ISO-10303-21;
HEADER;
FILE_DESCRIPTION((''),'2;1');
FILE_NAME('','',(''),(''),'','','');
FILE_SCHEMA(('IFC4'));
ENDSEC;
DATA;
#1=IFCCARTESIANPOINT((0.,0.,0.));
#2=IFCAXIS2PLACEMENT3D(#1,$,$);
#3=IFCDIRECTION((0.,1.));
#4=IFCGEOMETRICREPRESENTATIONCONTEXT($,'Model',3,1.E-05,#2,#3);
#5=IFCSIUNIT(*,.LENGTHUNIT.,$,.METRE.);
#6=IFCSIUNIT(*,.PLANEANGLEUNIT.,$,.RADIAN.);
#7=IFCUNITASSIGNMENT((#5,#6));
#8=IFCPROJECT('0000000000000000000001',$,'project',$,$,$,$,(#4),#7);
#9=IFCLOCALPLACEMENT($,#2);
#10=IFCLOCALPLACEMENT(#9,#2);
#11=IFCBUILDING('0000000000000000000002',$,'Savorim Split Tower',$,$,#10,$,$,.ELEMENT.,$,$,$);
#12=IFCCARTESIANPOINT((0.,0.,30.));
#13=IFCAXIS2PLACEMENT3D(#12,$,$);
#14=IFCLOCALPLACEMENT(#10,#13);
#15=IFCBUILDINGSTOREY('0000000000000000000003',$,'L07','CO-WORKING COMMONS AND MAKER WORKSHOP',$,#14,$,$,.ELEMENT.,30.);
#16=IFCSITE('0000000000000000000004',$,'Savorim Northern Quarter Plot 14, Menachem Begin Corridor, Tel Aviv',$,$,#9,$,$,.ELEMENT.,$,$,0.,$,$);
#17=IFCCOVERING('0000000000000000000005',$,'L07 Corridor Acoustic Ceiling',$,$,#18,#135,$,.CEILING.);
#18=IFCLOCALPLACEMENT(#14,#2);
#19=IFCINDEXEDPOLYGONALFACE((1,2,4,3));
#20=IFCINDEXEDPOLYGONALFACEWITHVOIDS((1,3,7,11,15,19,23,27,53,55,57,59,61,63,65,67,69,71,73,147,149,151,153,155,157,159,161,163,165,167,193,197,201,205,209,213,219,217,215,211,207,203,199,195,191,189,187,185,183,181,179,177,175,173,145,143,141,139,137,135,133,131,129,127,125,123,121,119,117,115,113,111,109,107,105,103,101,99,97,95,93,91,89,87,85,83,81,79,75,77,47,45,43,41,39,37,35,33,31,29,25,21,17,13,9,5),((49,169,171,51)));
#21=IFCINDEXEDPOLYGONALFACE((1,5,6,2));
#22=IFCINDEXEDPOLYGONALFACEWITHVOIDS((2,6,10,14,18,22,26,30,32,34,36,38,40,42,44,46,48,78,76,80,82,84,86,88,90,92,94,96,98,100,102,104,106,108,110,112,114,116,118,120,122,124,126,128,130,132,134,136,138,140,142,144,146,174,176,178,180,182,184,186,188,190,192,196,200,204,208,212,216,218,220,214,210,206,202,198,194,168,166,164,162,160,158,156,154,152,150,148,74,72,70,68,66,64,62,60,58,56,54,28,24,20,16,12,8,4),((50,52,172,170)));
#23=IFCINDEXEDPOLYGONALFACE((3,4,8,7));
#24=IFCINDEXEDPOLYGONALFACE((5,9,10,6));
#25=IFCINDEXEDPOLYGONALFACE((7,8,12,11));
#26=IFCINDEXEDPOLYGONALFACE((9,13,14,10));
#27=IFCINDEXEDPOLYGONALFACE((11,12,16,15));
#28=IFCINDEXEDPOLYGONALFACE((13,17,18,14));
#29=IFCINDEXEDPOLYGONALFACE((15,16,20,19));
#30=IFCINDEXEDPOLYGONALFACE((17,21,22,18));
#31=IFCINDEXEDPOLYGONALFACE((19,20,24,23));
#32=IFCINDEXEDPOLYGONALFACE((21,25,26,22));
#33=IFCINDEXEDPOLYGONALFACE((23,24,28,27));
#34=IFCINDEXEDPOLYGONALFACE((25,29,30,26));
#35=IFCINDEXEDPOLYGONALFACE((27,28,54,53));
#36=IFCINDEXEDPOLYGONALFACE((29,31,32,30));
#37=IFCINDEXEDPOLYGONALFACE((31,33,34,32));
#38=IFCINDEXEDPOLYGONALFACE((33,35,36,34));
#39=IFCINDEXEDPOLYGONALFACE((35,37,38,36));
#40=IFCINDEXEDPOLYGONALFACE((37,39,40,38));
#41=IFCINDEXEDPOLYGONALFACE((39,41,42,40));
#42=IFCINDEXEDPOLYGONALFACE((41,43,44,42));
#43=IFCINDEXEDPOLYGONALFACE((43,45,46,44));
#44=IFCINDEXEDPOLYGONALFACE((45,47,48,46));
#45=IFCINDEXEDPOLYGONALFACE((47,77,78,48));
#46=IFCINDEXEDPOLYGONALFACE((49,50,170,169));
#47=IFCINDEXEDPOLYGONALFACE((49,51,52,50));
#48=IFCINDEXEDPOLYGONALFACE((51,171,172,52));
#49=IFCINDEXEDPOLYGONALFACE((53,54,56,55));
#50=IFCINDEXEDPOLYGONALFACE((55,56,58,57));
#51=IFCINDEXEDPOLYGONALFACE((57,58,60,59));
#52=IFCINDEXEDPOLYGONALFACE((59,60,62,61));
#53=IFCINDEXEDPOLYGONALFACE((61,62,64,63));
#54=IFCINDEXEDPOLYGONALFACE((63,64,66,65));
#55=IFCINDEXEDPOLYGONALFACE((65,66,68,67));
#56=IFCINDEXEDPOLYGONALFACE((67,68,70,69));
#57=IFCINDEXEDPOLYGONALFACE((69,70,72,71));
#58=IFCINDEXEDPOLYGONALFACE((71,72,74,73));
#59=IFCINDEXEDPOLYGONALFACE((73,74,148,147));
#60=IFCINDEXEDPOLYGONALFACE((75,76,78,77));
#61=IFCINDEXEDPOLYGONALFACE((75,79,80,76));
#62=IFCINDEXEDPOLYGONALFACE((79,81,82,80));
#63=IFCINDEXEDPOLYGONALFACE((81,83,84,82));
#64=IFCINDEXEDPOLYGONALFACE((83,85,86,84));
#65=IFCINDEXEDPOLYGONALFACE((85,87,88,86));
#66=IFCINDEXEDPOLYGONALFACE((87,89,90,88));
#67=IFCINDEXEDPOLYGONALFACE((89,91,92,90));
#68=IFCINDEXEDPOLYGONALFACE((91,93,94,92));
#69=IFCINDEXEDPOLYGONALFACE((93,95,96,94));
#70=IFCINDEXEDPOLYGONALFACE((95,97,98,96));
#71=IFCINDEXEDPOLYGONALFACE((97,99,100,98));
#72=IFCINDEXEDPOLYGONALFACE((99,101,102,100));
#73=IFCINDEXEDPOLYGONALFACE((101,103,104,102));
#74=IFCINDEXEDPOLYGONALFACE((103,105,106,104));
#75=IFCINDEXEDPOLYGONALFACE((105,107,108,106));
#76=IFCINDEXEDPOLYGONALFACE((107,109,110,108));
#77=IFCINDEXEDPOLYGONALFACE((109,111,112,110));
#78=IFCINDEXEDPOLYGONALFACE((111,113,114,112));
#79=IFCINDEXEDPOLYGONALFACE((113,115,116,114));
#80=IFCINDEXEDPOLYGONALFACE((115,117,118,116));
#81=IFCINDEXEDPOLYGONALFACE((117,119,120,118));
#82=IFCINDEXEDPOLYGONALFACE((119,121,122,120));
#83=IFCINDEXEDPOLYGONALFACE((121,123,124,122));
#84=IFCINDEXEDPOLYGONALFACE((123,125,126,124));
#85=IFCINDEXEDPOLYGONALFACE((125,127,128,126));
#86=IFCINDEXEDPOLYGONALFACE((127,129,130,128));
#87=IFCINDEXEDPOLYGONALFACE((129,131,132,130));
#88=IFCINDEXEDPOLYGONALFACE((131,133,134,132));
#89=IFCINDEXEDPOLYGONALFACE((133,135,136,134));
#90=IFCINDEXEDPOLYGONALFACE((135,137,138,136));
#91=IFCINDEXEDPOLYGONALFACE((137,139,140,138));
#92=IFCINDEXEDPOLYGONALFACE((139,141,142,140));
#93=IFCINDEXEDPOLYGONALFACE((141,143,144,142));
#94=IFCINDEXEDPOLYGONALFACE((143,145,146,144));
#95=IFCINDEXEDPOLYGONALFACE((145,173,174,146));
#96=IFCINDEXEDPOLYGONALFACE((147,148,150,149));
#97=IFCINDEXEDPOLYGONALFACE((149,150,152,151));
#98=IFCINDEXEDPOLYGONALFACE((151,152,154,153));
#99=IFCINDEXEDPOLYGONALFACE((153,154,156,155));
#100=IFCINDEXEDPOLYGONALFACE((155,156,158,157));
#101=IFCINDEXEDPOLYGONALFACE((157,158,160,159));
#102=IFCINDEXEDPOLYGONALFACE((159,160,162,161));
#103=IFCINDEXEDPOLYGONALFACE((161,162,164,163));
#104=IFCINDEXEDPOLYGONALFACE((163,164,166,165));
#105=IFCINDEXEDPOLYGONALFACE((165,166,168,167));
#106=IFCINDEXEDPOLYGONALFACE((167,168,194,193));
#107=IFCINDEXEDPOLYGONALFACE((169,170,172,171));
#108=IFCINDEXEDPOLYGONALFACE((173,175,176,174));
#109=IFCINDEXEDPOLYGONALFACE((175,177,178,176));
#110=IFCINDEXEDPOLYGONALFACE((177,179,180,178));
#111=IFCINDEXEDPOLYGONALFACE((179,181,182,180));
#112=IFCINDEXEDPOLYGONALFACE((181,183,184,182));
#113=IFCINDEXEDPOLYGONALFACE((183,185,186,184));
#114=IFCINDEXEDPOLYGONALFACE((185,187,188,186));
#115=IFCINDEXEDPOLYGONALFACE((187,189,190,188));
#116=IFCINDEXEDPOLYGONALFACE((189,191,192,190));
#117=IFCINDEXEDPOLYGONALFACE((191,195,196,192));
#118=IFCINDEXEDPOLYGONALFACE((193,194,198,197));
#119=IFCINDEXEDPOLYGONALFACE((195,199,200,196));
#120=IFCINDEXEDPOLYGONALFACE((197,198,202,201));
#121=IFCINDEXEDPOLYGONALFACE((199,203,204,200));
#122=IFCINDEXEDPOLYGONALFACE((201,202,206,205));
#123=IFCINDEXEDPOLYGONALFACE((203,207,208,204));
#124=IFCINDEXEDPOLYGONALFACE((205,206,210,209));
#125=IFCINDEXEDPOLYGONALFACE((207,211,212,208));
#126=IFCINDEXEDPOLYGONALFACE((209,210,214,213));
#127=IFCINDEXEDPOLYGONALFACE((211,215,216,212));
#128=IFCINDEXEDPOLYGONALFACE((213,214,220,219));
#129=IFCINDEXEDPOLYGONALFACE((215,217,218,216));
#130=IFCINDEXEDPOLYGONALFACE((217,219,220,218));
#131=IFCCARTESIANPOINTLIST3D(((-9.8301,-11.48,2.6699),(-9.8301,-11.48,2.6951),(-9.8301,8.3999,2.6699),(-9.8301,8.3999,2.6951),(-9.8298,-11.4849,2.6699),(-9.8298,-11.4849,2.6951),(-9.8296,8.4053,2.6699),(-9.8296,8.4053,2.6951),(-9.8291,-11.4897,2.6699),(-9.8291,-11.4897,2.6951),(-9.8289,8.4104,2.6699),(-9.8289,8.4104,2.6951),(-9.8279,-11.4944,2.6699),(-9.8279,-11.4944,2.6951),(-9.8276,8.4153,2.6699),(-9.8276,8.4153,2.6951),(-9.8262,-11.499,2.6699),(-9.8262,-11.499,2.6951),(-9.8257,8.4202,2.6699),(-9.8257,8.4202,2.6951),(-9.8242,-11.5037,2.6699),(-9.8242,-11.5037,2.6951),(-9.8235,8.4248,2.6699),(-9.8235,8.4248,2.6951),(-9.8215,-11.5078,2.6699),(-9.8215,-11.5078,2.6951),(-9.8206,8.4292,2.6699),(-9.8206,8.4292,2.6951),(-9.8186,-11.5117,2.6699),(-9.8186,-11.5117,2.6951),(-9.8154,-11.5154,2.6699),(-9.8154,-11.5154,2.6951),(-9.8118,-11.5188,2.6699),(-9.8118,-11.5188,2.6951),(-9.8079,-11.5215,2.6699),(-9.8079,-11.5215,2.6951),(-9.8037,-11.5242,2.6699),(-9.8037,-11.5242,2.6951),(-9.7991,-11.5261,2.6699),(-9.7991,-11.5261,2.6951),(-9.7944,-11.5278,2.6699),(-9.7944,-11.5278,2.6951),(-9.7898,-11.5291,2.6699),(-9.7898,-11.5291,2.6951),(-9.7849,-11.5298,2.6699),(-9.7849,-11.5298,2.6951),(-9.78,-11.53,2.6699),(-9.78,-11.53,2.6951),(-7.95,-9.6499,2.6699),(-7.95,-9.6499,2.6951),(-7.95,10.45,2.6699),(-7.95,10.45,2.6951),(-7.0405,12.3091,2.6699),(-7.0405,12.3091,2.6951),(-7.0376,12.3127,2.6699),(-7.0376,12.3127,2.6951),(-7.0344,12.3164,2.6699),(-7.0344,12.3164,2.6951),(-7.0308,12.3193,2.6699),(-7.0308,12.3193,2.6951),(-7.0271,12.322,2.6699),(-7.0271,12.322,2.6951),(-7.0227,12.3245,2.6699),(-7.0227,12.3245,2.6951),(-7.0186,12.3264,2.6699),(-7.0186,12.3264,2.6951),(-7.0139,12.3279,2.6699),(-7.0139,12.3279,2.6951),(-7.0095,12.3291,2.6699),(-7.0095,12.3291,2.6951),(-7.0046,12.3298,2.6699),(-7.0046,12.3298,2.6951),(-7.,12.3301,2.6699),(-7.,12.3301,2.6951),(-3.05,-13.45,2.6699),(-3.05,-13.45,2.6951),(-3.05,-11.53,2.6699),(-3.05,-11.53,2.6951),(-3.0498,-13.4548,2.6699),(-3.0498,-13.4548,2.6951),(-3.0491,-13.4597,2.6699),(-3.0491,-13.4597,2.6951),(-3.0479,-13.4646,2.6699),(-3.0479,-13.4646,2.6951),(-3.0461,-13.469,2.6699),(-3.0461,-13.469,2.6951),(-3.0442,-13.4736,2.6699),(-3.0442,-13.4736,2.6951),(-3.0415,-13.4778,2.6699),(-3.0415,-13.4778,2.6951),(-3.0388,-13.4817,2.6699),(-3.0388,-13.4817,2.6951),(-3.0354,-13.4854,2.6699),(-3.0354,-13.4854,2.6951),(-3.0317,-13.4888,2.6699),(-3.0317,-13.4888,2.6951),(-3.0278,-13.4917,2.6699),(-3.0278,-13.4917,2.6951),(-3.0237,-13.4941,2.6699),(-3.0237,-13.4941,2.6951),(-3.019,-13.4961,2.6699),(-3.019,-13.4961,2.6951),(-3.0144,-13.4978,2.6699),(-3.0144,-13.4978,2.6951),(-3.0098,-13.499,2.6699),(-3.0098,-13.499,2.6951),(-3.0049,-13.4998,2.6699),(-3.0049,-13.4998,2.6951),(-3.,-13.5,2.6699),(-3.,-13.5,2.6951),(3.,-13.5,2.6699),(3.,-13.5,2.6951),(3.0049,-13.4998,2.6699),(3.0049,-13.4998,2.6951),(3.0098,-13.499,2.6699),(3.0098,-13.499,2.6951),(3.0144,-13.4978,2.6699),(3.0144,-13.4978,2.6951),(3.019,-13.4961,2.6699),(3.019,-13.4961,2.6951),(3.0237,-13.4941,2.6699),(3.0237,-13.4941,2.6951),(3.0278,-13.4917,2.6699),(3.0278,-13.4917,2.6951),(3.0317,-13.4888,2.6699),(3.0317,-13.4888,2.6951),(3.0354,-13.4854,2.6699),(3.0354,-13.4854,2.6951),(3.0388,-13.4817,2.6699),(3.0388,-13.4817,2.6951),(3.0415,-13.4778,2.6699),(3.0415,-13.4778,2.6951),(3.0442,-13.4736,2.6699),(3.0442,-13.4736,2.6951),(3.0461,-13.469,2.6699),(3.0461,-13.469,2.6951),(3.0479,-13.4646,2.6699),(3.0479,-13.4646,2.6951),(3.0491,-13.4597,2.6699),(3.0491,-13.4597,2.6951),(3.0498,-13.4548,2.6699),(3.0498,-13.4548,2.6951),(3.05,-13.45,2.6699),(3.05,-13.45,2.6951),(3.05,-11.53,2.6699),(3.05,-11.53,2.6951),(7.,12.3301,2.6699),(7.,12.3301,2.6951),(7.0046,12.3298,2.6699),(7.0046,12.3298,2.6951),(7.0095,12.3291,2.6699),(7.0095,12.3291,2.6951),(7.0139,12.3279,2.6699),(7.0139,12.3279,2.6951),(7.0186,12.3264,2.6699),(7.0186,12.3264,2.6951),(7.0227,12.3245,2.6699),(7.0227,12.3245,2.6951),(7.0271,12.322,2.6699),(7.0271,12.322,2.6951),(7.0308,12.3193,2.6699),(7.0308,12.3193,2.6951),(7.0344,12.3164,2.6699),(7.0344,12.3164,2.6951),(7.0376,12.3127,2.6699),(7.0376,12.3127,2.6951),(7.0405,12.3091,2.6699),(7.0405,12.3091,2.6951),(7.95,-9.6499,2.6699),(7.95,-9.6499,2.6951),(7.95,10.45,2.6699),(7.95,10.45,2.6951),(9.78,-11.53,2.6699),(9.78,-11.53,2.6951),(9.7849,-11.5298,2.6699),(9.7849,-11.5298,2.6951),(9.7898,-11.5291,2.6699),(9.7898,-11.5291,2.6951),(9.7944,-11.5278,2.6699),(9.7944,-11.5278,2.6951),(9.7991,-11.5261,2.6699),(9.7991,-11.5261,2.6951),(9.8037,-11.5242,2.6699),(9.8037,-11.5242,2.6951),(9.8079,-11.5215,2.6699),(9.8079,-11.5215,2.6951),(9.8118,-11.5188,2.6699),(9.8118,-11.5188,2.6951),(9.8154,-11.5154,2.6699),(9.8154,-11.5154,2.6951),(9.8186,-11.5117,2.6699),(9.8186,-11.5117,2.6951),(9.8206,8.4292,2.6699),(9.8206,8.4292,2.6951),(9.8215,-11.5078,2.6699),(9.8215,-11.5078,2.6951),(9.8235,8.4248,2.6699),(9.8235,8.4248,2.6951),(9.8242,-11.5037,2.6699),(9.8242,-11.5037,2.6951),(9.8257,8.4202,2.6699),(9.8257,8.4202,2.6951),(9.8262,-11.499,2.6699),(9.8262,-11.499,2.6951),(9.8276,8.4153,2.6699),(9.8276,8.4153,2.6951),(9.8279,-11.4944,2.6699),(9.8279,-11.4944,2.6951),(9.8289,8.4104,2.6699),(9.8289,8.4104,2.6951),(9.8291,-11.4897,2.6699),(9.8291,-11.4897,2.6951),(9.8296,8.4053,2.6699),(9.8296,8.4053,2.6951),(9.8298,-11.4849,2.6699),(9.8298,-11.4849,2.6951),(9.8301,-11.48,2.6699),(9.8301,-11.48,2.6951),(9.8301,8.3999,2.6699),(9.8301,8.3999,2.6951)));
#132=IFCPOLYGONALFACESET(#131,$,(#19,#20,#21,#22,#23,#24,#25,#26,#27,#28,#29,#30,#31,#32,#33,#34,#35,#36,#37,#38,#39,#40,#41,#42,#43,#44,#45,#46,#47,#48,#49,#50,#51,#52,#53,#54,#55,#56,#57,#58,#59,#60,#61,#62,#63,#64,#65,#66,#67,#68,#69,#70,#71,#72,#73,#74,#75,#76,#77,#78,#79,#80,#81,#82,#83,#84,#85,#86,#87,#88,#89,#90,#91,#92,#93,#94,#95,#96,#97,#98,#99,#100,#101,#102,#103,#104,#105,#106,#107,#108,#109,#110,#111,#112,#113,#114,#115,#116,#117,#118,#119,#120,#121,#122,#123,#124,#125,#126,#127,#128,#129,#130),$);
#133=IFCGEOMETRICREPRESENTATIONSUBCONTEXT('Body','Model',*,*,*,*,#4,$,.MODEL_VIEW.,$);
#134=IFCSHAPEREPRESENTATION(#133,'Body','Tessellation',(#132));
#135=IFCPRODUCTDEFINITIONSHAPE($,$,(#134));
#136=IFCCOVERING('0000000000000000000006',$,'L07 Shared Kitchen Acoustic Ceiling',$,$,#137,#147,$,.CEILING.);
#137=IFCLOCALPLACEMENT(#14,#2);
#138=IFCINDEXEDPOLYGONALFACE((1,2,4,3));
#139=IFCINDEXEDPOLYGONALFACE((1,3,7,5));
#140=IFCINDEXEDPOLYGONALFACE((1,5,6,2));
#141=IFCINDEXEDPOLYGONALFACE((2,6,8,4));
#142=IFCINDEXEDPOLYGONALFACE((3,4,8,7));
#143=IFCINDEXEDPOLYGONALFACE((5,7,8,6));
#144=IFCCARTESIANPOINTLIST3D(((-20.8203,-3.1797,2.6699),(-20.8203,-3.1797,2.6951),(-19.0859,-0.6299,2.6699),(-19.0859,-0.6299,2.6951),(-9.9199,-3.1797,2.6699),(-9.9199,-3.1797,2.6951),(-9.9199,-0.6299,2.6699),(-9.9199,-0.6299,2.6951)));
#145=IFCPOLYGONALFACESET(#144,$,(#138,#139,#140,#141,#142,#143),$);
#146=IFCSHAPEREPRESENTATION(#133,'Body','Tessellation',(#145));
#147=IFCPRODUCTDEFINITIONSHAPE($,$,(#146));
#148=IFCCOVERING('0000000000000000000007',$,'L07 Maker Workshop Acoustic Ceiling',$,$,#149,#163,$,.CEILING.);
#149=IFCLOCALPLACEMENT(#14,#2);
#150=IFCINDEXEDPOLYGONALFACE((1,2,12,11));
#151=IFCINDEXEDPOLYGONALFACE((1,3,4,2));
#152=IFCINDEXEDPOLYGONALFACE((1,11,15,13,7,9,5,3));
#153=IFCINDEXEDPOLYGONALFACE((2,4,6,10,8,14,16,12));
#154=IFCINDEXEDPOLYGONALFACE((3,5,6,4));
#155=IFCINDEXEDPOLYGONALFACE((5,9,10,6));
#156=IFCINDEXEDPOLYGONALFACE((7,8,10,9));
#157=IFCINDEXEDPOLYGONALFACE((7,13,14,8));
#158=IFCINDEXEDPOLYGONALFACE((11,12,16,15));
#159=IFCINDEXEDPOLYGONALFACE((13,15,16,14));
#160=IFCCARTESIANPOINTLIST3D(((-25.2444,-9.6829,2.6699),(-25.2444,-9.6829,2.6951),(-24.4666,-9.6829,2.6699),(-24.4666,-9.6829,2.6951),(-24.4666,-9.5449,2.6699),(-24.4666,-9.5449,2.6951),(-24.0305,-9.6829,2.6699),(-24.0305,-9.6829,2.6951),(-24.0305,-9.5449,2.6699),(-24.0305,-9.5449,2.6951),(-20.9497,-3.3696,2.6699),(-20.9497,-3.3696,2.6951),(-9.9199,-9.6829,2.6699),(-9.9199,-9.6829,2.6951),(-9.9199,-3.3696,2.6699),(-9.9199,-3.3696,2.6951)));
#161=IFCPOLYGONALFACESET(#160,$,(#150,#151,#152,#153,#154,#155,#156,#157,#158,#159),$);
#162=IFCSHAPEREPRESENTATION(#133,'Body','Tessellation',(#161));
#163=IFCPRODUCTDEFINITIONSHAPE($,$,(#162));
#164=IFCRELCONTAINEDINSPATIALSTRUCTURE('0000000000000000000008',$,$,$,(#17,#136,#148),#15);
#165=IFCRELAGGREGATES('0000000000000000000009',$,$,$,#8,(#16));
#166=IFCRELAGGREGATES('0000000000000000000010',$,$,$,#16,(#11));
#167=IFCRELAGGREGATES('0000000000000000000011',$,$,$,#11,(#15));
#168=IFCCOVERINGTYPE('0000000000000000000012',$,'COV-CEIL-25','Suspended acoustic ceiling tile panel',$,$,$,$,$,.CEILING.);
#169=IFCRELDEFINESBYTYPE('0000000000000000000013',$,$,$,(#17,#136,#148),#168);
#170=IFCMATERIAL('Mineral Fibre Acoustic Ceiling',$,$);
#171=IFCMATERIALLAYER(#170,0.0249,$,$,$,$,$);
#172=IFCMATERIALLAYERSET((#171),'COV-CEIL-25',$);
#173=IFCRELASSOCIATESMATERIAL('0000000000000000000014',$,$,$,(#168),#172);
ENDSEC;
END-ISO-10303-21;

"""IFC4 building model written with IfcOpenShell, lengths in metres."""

from ifc_helpers import new_model, si_unit, direction, frame, origin, place, context, subcontext, project, spatial, polyline, outline, extrude, material, layer, layer_set, type_object, element, save


model = new_model("IFC4")

# Units and contexts
model_context = context("Model", 3, precision=1e-05, world=origin(), true_north=direction((0.0, 1.0)))
body_context = subcontext(model_context, "Body", "Model", "MODEL_VIEW")
ifc_project = project(units=[si_unit("LENGTHUNIT", "METRE"), si_unit("PLANEANGLEUNIT", "RADIAN")], contexts=[model_context])

# Site, building, storey
site_placement = place(None, origin())
site = spatial("IfcSite", under=ifc_project, at=site_placement, Name="Savorim Northern Quarter Plot 14, Menachem Begin Corridor, Tel Aviv", CompositionType="ELEMENT", RefElevation=0.0)
building_placement = place(site_placement, origin())
building = spatial("IfcBuilding", under=site, at=building_placement, Name="Savorim Split Tower", CompositionType="ELEMENT")
storey_placement = place(building_placement, frame((0.0, 0.0, 30.0)))
storey = spatial("IfcBuildingStorey", under=building, at=storey_placement, Name="L07", Description="CO-WORKING COMMONS AND MAKER WORKSHOP", CompositionType="ELEMENT", Elevation=30.0)

# Coverings
ifc_material_1 = material(Name="Mineral Fibre Acoustic Ceiling")
ifc_layer_1 = layer(ifc_material_1, 0.0249)
ifc_layer_set_1 = layer_set([ifc_layer_1], Name="COV-CEIL-25")
covering_type_1 = type_object("IfcCoveringType", Name="COV-CEIL-25", Description="Suspended acoustic ceiling tile panel", PredefinedType="CEILING", material=ifc_layer_set_1)
covering_1_placement = place(storey_placement, frame((0.0, 0.0, 2.6699)))
element("IfcCovering", 1, at=covering_1_placement, inside=storey, type_object=covering_type_1, Name="L07 Corridor Acoustic Ceiling", PredefinedType="CEILING", context=body_context, shape_type="SweptSolid", body=[
    extrude(outline(polyline([(7.0095, 12.3291), (7.0046, 12.3298), (7.0, 12.3301), (-7.0, 12.3301), (-7.0046, 12.3298), (-7.0095, 12.3291), (-7.0139, 12.3279), (-7.0186, 12.3264), (-7.0227, 12.3245), (-7.0271, 12.322), (-7.0308, 12.3193), (-7.0344, 12.3164), (-7.0376, 12.3127), (-7.0405, 12.3091), (-9.8206, 8.4292), (-9.8235, 8.4248), (-9.8257, 8.4202), (-9.8276, 8.4153), (-9.8289, 8.4104), (-9.8296, 8.4053), (-9.8301, 8.3999), (-9.8301, -11.48), (-9.8298, -11.4849), (-9.8291, -11.4897), (-9.8279, -11.4944), (-9.8262, -11.499), (-9.8242, -11.5037), (-9.8215, -11.5078), (-9.8186, -11.5117), (-9.8154, -11.5154), (-9.8118, -11.5188), (-9.8079, -11.5215), (-9.8037, -11.5242), (-9.7991, -11.5261), (-9.7944, -11.5278), (-9.7898, -11.5291), (-9.7849, -11.5298), (-9.78, -11.53), (-3.05, -11.53), (-3.05, -13.45), (-3.0498, -13.4548), (-3.0491, -13.4597), (-3.0479, -13.4646), (-3.0461, -13.469), (-3.0442, -13.4736), (-3.0415, -13.4778), (-3.0388, -13.4817), (-3.0354, -13.4854), (-3.0317, -13.4888), (-3.0278, -13.4917), (-3.0237, -13.4941), (-3.019, -13.4961), (-3.0144, -13.4978), (-3.0098, -13.499), (-3.0049, -13.4998), (-3.0, -13.5), (3.0, -13.5), (3.0049, -13.4998), (3.0098, -13.499), (3.0144, -13.4978), (3.019, -13.4961), (3.0237, -13.4941), (3.0278, -13.4917), (3.0317, -13.4888), (3.0354, -13.4854), (3.0388, -13.4817), (3.0415, -13.4778), (3.0442, -13.4736), (3.0461, -13.469), (3.0479, -13.4646), (3.0491, -13.4597), (3.0498, -13.4548), (3.05, -13.45), (3.05, -11.53), (9.78, -11.53), (9.7849, -11.5298), (9.7898, -11.5291), (9.7944, -11.5278), (9.7991, -11.5261), (9.8037, -11.5242), (9.8079, -11.5215), (9.8118, -11.5188), (9.8154, -11.5154), (9.8186, -11.5117), (9.8215, -11.5078), (9.8242, -11.5037), (9.8262, -11.499), (9.8279, -11.4944), (9.8291, -11.4897), (9.8298, -11.4849), (9.8301, -11.48), (9.8301, 8.3999), (9.8296, 8.4053), (9.8289, 8.4104), (9.8276, 8.4153), (9.8257, 8.4202), (9.8235, 8.4248), (9.8206, 8.4292), (7.0405, 12.3091), (7.0376, 12.3127), (7.0344, 12.3164), (7.0308, 12.3193), (7.0271, 12.322), (7.0227, 12.3245), (7.0186, 12.3264), (7.0139, 12.3279), (7.0095, 12.3291)]), holes=[polyline([(-7.95, 10.45), (-7.95, -9.6499), (7.95, -9.6499), (7.95, 10.45), (-7.95, 10.45)])]), origin(), (0.0, 0.0, 1.0), 0.0251),
])
covering_2_placement = place(storey_placement, frame((0.0, 0.0, 2.6699)))
element("IfcCovering", 2, at=covering_2_placement, inside=storey, type_object=covering_type_1, Name="L07 Shared Kitchen Acoustic Ceiling", PredefinedType="CEILING", context=body_context, shape_type="SweptSolid", body=[
    extrude(outline(polyline([(-19.0859, -0.6299), (-20.8203, -3.1797), (-9.9199, -3.1797), (-9.9199, -0.6299), (-19.0859, -0.6299)])), origin(), (0.0, 0.0, 1.0), 0.0251),
])
covering_3_placement = place(storey_placement, frame((0.0, 0.0, 2.6699)))
element("IfcCovering", 3, at=covering_3_placement, inside=storey, type_object=covering_type_1, Name="L07 Maker Workshop Acoustic Ceiling", PredefinedType="CEILING", context=body_context, shape_type="SweptSolid", body=[
    extrude(outline(polyline([(-24.0305, -9.5449), (-24.0305, -9.6829), (-9.9199, -9.6829), (-9.9199, -3.3696), (-20.9497, -3.3696), (-25.2444, -9.6829), (-24.4666, -9.6829), (-24.4666, -9.5449), (-24.0305, -9.5449)])), origin(), (0.0, 0.0, 1.0), 0.0251),
])

save(model, "model.ifc")
